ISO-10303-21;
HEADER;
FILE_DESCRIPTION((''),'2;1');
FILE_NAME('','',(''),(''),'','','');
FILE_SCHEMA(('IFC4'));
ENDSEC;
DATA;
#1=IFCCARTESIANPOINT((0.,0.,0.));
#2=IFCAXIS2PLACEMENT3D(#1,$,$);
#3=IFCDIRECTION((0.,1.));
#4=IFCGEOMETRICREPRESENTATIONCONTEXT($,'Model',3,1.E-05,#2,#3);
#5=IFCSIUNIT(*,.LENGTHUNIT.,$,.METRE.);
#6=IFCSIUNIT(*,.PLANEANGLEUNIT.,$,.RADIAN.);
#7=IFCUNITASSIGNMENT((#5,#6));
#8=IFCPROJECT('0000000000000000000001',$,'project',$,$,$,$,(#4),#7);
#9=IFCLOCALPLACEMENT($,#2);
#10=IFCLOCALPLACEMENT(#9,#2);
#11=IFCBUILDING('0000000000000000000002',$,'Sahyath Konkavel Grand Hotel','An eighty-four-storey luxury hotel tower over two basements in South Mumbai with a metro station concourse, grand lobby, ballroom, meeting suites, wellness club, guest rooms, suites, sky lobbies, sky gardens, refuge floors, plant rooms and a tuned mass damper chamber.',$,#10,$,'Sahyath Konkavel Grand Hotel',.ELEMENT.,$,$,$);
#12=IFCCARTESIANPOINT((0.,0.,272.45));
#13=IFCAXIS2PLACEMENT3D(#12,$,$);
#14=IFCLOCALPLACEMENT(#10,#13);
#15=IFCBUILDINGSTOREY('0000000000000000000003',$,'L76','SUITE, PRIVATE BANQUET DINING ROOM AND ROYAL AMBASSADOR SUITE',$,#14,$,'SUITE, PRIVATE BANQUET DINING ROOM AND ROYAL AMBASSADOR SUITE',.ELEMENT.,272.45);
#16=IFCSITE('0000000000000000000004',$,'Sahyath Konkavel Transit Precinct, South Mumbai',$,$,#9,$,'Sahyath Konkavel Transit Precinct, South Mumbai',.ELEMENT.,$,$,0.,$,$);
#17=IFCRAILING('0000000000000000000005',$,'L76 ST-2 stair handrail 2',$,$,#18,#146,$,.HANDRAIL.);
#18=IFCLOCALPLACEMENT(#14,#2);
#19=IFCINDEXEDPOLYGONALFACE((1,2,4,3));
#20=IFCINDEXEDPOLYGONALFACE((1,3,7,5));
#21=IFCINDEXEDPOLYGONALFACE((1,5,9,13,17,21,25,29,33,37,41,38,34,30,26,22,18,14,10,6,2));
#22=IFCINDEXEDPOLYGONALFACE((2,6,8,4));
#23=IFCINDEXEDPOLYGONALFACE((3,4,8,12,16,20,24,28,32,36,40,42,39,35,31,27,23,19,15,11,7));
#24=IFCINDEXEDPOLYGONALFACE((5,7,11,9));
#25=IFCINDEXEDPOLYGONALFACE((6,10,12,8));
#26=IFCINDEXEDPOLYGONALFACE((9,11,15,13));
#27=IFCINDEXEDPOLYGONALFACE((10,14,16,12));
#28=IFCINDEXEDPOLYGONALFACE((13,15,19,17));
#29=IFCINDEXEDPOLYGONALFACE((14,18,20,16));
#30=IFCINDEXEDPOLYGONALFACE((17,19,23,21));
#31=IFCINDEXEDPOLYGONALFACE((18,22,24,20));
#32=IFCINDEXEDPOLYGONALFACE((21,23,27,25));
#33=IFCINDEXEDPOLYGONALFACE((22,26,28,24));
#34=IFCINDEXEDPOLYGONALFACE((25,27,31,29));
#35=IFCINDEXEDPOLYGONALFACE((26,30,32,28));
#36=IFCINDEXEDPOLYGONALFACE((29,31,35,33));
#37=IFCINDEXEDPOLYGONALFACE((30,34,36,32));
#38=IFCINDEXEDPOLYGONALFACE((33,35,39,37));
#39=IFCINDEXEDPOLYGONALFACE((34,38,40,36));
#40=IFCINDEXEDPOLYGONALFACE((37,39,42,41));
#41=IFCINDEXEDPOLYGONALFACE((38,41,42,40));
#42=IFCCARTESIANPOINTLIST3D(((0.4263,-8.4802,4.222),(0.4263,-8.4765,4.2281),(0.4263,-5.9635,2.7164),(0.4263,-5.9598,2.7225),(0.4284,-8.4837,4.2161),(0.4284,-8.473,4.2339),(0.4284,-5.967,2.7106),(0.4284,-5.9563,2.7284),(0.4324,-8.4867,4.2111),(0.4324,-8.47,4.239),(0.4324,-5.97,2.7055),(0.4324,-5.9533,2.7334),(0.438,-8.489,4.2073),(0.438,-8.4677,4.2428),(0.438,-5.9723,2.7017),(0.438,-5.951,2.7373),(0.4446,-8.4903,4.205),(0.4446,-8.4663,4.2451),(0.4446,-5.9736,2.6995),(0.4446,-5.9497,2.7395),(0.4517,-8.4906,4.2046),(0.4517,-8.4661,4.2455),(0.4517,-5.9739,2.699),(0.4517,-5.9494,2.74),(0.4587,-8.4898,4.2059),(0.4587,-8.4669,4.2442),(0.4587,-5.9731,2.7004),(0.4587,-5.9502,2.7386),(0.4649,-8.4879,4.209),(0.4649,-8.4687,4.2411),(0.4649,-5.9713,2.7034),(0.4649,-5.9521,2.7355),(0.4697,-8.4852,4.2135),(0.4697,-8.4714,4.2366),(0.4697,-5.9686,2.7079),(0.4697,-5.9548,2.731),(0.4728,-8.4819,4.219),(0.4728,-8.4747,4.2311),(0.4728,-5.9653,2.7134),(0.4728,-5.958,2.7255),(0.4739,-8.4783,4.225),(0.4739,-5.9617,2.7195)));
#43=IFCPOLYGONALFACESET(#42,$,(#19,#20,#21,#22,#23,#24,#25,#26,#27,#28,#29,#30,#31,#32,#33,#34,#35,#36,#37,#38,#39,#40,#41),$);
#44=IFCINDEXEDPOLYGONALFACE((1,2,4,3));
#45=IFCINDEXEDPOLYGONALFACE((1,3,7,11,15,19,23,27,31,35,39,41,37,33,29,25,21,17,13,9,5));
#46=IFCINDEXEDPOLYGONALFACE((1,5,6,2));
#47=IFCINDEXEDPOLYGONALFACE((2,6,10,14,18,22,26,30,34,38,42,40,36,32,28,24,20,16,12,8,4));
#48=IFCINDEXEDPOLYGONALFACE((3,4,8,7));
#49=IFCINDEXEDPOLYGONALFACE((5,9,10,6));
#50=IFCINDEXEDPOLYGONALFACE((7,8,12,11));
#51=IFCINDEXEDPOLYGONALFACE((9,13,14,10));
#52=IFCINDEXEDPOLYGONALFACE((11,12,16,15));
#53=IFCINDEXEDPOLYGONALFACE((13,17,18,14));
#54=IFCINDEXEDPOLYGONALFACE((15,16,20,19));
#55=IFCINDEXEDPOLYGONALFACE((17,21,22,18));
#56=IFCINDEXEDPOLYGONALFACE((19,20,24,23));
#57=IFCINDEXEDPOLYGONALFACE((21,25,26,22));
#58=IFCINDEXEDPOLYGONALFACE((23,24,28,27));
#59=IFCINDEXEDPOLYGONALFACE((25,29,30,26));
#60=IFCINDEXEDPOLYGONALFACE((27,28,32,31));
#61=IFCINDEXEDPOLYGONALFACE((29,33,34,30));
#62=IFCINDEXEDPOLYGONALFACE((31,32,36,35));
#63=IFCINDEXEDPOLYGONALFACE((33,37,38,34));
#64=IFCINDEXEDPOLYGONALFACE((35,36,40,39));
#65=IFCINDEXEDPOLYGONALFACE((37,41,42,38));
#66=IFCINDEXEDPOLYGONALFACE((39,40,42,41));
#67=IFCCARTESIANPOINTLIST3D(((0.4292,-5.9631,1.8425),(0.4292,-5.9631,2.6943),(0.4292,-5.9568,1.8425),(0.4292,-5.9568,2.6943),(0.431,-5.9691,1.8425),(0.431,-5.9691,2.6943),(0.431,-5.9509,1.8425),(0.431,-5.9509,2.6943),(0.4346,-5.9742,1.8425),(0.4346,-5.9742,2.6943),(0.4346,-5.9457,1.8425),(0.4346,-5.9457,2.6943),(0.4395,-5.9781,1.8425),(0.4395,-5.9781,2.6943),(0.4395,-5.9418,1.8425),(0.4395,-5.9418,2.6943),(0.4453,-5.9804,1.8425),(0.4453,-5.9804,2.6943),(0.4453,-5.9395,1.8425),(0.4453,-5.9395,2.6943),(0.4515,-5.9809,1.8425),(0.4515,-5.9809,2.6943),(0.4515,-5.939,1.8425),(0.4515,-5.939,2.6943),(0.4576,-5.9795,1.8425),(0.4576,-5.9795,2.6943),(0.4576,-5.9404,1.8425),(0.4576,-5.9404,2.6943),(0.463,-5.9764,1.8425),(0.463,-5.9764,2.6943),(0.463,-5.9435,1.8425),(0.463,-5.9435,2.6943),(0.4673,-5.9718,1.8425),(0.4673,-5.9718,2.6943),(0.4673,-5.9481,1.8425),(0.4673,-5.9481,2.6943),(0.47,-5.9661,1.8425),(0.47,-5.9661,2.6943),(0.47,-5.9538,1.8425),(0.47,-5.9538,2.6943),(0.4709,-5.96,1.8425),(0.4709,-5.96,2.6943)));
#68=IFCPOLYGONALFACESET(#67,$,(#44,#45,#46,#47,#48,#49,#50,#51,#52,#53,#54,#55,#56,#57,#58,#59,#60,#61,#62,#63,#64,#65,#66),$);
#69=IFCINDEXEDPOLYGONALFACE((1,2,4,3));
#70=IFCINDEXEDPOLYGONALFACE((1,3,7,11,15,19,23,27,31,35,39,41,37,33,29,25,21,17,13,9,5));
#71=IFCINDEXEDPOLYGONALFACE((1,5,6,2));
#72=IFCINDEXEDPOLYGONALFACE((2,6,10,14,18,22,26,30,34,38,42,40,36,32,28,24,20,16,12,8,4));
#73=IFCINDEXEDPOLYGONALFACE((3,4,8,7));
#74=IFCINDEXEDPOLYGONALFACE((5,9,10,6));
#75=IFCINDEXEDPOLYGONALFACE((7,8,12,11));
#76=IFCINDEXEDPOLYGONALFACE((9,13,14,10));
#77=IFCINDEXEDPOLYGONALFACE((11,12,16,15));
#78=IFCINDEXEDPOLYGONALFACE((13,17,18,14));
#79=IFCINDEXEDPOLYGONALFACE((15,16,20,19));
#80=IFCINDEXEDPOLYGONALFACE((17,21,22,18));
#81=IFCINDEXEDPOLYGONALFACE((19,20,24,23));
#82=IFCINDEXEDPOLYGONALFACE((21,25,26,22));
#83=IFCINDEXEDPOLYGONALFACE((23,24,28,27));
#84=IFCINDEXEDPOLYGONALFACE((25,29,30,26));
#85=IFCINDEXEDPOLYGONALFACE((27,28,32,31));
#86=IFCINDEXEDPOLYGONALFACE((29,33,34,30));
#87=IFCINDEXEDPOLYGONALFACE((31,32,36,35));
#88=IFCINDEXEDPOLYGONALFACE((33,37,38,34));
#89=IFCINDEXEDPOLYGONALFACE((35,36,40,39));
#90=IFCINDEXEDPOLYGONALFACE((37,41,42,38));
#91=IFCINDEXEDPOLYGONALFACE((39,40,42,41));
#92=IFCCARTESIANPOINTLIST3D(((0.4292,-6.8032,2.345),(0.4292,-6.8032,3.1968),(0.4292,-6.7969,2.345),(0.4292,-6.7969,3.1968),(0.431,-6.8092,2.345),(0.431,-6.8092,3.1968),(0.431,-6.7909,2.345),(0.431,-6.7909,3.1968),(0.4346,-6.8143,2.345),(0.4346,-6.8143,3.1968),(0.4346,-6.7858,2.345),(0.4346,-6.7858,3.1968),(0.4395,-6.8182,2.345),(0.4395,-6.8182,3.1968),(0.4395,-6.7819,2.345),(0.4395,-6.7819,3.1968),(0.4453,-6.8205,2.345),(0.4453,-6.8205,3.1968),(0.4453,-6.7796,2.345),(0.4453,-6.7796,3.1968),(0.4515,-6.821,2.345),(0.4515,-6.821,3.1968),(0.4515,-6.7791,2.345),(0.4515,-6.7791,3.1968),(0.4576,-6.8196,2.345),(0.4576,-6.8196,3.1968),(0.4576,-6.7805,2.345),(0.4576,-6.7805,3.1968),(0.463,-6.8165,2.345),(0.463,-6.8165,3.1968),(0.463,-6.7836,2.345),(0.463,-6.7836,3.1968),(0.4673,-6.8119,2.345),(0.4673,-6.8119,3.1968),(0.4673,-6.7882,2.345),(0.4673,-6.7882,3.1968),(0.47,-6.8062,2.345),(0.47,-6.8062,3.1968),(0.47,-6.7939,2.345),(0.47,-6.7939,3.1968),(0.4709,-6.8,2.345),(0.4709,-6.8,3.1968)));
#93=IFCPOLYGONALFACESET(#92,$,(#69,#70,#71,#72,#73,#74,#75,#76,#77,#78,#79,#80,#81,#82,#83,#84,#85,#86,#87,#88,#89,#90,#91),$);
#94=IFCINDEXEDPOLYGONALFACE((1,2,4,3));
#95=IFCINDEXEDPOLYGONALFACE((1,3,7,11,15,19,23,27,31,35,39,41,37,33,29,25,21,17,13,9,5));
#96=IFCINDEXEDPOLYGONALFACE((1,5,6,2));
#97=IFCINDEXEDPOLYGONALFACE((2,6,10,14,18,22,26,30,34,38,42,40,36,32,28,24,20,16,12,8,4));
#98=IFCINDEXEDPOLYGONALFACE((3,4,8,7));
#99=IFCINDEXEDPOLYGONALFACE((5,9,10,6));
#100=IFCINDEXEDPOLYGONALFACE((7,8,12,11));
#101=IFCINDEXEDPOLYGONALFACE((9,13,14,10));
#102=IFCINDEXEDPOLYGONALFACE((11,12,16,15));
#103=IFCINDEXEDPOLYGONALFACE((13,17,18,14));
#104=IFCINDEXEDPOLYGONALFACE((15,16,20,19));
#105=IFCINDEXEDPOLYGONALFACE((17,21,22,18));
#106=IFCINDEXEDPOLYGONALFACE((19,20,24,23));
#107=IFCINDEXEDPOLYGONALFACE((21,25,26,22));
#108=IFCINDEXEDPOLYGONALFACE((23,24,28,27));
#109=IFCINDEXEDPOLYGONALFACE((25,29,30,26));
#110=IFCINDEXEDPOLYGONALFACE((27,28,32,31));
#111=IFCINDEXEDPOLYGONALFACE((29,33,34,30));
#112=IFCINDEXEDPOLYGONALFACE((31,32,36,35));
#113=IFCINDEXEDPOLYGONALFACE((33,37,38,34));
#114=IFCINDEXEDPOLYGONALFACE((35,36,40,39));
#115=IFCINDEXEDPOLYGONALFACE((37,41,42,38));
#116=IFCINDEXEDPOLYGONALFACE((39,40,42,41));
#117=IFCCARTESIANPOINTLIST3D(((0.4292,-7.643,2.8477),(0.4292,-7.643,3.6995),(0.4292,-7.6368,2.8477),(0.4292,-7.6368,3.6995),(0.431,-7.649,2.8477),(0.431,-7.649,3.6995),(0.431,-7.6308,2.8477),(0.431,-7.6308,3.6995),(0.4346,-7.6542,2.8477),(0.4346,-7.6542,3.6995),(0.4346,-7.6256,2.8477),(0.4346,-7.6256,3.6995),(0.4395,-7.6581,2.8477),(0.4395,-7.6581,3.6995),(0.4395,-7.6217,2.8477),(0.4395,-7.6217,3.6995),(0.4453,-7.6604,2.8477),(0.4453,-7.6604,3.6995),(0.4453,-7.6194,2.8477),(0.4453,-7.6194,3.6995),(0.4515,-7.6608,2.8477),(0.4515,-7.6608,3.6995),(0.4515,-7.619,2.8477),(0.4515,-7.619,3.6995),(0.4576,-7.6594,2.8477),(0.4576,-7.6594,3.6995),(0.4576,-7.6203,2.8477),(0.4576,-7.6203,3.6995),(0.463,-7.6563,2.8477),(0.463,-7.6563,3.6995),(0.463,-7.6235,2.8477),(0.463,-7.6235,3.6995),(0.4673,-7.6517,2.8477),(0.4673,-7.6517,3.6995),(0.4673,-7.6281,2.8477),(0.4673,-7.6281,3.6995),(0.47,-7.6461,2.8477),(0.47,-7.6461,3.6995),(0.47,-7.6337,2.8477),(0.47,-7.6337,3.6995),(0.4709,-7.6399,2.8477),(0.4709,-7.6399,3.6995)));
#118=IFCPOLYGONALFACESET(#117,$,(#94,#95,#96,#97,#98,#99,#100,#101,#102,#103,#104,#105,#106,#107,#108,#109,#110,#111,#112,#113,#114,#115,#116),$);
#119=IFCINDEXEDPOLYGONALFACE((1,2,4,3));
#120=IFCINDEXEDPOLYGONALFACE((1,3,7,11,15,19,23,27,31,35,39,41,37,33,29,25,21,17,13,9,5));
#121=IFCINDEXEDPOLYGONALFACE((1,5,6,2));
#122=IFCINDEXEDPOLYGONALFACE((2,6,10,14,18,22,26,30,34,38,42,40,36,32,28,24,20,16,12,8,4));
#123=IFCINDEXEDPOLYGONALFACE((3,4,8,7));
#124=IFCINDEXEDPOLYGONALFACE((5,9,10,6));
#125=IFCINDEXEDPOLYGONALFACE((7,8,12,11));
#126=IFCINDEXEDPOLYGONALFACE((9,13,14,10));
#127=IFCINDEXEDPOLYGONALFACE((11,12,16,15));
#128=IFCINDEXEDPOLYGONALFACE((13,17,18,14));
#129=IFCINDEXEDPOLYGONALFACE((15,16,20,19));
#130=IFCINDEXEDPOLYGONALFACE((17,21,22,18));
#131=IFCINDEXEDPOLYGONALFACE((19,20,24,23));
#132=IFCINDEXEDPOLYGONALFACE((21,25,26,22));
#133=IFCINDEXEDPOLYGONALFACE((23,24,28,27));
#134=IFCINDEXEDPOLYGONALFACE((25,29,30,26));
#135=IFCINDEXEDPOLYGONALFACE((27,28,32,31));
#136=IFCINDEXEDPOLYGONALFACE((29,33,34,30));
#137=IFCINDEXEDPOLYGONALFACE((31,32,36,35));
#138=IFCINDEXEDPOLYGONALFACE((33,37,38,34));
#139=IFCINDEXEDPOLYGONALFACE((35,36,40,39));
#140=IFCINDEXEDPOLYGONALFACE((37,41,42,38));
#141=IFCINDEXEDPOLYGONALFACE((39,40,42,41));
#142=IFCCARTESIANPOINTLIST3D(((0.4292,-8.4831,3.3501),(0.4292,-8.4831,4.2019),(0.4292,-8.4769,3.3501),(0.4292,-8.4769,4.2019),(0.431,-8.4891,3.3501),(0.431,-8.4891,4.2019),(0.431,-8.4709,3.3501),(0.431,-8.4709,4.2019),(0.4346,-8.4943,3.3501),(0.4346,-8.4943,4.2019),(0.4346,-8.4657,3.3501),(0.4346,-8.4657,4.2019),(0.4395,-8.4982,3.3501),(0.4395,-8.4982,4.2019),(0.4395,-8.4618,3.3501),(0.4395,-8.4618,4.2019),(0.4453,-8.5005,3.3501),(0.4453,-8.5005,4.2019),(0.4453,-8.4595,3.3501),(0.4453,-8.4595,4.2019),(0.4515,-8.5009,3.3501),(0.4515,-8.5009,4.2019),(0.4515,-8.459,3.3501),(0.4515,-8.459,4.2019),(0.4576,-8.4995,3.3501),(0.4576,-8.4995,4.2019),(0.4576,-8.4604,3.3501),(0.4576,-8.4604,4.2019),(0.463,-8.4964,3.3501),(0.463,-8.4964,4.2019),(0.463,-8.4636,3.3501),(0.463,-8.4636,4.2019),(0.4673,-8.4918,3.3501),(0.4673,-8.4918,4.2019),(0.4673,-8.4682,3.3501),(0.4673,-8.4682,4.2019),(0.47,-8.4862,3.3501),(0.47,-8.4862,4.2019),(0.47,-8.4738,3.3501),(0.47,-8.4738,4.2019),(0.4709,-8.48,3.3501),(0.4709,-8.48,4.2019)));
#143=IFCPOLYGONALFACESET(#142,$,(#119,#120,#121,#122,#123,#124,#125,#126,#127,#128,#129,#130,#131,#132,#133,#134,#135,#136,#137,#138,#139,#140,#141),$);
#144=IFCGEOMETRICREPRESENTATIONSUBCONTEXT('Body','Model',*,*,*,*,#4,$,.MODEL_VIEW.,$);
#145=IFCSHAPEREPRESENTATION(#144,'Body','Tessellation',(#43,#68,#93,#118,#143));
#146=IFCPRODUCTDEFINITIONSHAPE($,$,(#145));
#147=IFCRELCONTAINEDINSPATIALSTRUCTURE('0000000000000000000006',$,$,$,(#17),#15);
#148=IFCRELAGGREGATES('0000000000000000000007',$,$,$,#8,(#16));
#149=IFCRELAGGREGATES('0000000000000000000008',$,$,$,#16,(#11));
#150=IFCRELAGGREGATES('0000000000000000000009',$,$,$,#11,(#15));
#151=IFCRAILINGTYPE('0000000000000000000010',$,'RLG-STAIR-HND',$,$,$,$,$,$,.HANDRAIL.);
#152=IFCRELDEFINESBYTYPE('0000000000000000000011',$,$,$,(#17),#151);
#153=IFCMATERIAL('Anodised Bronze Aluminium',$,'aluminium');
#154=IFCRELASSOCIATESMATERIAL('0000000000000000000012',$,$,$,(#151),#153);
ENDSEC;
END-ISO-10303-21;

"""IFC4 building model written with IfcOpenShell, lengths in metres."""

from ifc_helpers import new_model, si_unit, direction, frame, origin, origin_2d, place, context, subcontext, project, spatial, circle, extrude, material, type_object, element, save


model = new_model("IFC4")

# Units and contexts
model_context = context("Model", 3, precision=1e-05, world=origin(), true_north=direction((0.0, 1.0)))
body_context = subcontext(model_context, "Body", "Model", "MODEL_VIEW")
ifc_project = project(units=[si_unit("LENGTHUNIT", "METRE"), si_unit("PLANEANGLEUNIT", "RADIAN")], contexts=[model_context])

# Site, building, storey
site_placement = place(None, origin())
site = spatial("IfcSite", under=ifc_project, at=site_placement, Name="Sahyath Konkavel Transit Precinct, South Mumbai", LongName="Sahyath Konkavel Transit Precinct, South Mumbai", CompositionType="ELEMENT", RefElevation=0.0)
building_placement = place(site_placement, origin())
building = spatial("IfcBuilding", under=site, at=building_placement, Name="Sahyath Konkavel Grand Hotel", Description="An eighty-four-storey luxury hotel tower over two basements in South Mumbai with a metro station concourse, grand lobby, ballroom, meeting suites, wellness club, guest rooms, suites, sky lobbies, sky gardens, refuge floors, plant rooms and a tuned mass damper chamber.", LongName="Sahyath Konkavel Grand Hotel", CompositionType="ELEMENT")
storey_placement = place(building_placement, frame((0.0, 0.0, 272.45)))
storey = spatial("IfcBuildingStorey", under=building, at=storey_placement, Name="L76", Description="SUITE, PRIVATE BANQUET DINING ROOM AND ROYAL AMBASSADOR SUITE", LongName="SUITE, PRIVATE BANQUET DINING ROOM AND ROYAL AMBASSADOR SUITE", CompositionType="ELEMENT", Elevation=272.45)

# Shared definitions
ifc_material_1 = material(Name="Anodised Bronze Aluminium", Category="aluminium")

# Railing
railing_type_1 = type_object("IfcRailingType", Name="RLG-STAIR-HND", PredefinedType="HANDRAIL", material=ifc_material_1)
railing_1_placement = place(storey_placement, frame((0.45, -5.96, 1.8425)))
element("IfcRailing", 1, at=railing_1_placement, inside=storey, type_object=railing_type_1, Name="L76 ST-2 stair handrail 2", PredefinedType="HANDRAIL", context=body_context, shape_type="SweptSolid", body=[
    extrude(circle(Radius=0.0239, at=origin_2d()), frame((0.0, -0.0017, 0.877), z_axis=(0.0, -0.85816, 0.513383), x_axis=(1.0, 0.0, 0.0)), (0.0, 0.0, 1.0), 2.9326),
    extrude(circle(Radius=0.021, at=origin_2d()), origin(), (0.0, 0.0, 1.0), 0.8518),
    extrude(circle(Radius=0.021, at=origin_2d()), frame((0.0, -0.8401, 0.5024)), (0.0, 0.0, 1.0), 0.8518),
    extrude(circle(Radius=0.021, at=origin_2d()), frame((0.0, -1.6799, 1.0051)), (0.0, 0.0, 1.0), 0.8518),
    extrude(circle(Radius=0.021, at=origin_2d()), frame((0.0, -2.52, 1.5076)), (0.0, 0.0, 1.0), 0.8518),
])

save(model, "model.ifc")
